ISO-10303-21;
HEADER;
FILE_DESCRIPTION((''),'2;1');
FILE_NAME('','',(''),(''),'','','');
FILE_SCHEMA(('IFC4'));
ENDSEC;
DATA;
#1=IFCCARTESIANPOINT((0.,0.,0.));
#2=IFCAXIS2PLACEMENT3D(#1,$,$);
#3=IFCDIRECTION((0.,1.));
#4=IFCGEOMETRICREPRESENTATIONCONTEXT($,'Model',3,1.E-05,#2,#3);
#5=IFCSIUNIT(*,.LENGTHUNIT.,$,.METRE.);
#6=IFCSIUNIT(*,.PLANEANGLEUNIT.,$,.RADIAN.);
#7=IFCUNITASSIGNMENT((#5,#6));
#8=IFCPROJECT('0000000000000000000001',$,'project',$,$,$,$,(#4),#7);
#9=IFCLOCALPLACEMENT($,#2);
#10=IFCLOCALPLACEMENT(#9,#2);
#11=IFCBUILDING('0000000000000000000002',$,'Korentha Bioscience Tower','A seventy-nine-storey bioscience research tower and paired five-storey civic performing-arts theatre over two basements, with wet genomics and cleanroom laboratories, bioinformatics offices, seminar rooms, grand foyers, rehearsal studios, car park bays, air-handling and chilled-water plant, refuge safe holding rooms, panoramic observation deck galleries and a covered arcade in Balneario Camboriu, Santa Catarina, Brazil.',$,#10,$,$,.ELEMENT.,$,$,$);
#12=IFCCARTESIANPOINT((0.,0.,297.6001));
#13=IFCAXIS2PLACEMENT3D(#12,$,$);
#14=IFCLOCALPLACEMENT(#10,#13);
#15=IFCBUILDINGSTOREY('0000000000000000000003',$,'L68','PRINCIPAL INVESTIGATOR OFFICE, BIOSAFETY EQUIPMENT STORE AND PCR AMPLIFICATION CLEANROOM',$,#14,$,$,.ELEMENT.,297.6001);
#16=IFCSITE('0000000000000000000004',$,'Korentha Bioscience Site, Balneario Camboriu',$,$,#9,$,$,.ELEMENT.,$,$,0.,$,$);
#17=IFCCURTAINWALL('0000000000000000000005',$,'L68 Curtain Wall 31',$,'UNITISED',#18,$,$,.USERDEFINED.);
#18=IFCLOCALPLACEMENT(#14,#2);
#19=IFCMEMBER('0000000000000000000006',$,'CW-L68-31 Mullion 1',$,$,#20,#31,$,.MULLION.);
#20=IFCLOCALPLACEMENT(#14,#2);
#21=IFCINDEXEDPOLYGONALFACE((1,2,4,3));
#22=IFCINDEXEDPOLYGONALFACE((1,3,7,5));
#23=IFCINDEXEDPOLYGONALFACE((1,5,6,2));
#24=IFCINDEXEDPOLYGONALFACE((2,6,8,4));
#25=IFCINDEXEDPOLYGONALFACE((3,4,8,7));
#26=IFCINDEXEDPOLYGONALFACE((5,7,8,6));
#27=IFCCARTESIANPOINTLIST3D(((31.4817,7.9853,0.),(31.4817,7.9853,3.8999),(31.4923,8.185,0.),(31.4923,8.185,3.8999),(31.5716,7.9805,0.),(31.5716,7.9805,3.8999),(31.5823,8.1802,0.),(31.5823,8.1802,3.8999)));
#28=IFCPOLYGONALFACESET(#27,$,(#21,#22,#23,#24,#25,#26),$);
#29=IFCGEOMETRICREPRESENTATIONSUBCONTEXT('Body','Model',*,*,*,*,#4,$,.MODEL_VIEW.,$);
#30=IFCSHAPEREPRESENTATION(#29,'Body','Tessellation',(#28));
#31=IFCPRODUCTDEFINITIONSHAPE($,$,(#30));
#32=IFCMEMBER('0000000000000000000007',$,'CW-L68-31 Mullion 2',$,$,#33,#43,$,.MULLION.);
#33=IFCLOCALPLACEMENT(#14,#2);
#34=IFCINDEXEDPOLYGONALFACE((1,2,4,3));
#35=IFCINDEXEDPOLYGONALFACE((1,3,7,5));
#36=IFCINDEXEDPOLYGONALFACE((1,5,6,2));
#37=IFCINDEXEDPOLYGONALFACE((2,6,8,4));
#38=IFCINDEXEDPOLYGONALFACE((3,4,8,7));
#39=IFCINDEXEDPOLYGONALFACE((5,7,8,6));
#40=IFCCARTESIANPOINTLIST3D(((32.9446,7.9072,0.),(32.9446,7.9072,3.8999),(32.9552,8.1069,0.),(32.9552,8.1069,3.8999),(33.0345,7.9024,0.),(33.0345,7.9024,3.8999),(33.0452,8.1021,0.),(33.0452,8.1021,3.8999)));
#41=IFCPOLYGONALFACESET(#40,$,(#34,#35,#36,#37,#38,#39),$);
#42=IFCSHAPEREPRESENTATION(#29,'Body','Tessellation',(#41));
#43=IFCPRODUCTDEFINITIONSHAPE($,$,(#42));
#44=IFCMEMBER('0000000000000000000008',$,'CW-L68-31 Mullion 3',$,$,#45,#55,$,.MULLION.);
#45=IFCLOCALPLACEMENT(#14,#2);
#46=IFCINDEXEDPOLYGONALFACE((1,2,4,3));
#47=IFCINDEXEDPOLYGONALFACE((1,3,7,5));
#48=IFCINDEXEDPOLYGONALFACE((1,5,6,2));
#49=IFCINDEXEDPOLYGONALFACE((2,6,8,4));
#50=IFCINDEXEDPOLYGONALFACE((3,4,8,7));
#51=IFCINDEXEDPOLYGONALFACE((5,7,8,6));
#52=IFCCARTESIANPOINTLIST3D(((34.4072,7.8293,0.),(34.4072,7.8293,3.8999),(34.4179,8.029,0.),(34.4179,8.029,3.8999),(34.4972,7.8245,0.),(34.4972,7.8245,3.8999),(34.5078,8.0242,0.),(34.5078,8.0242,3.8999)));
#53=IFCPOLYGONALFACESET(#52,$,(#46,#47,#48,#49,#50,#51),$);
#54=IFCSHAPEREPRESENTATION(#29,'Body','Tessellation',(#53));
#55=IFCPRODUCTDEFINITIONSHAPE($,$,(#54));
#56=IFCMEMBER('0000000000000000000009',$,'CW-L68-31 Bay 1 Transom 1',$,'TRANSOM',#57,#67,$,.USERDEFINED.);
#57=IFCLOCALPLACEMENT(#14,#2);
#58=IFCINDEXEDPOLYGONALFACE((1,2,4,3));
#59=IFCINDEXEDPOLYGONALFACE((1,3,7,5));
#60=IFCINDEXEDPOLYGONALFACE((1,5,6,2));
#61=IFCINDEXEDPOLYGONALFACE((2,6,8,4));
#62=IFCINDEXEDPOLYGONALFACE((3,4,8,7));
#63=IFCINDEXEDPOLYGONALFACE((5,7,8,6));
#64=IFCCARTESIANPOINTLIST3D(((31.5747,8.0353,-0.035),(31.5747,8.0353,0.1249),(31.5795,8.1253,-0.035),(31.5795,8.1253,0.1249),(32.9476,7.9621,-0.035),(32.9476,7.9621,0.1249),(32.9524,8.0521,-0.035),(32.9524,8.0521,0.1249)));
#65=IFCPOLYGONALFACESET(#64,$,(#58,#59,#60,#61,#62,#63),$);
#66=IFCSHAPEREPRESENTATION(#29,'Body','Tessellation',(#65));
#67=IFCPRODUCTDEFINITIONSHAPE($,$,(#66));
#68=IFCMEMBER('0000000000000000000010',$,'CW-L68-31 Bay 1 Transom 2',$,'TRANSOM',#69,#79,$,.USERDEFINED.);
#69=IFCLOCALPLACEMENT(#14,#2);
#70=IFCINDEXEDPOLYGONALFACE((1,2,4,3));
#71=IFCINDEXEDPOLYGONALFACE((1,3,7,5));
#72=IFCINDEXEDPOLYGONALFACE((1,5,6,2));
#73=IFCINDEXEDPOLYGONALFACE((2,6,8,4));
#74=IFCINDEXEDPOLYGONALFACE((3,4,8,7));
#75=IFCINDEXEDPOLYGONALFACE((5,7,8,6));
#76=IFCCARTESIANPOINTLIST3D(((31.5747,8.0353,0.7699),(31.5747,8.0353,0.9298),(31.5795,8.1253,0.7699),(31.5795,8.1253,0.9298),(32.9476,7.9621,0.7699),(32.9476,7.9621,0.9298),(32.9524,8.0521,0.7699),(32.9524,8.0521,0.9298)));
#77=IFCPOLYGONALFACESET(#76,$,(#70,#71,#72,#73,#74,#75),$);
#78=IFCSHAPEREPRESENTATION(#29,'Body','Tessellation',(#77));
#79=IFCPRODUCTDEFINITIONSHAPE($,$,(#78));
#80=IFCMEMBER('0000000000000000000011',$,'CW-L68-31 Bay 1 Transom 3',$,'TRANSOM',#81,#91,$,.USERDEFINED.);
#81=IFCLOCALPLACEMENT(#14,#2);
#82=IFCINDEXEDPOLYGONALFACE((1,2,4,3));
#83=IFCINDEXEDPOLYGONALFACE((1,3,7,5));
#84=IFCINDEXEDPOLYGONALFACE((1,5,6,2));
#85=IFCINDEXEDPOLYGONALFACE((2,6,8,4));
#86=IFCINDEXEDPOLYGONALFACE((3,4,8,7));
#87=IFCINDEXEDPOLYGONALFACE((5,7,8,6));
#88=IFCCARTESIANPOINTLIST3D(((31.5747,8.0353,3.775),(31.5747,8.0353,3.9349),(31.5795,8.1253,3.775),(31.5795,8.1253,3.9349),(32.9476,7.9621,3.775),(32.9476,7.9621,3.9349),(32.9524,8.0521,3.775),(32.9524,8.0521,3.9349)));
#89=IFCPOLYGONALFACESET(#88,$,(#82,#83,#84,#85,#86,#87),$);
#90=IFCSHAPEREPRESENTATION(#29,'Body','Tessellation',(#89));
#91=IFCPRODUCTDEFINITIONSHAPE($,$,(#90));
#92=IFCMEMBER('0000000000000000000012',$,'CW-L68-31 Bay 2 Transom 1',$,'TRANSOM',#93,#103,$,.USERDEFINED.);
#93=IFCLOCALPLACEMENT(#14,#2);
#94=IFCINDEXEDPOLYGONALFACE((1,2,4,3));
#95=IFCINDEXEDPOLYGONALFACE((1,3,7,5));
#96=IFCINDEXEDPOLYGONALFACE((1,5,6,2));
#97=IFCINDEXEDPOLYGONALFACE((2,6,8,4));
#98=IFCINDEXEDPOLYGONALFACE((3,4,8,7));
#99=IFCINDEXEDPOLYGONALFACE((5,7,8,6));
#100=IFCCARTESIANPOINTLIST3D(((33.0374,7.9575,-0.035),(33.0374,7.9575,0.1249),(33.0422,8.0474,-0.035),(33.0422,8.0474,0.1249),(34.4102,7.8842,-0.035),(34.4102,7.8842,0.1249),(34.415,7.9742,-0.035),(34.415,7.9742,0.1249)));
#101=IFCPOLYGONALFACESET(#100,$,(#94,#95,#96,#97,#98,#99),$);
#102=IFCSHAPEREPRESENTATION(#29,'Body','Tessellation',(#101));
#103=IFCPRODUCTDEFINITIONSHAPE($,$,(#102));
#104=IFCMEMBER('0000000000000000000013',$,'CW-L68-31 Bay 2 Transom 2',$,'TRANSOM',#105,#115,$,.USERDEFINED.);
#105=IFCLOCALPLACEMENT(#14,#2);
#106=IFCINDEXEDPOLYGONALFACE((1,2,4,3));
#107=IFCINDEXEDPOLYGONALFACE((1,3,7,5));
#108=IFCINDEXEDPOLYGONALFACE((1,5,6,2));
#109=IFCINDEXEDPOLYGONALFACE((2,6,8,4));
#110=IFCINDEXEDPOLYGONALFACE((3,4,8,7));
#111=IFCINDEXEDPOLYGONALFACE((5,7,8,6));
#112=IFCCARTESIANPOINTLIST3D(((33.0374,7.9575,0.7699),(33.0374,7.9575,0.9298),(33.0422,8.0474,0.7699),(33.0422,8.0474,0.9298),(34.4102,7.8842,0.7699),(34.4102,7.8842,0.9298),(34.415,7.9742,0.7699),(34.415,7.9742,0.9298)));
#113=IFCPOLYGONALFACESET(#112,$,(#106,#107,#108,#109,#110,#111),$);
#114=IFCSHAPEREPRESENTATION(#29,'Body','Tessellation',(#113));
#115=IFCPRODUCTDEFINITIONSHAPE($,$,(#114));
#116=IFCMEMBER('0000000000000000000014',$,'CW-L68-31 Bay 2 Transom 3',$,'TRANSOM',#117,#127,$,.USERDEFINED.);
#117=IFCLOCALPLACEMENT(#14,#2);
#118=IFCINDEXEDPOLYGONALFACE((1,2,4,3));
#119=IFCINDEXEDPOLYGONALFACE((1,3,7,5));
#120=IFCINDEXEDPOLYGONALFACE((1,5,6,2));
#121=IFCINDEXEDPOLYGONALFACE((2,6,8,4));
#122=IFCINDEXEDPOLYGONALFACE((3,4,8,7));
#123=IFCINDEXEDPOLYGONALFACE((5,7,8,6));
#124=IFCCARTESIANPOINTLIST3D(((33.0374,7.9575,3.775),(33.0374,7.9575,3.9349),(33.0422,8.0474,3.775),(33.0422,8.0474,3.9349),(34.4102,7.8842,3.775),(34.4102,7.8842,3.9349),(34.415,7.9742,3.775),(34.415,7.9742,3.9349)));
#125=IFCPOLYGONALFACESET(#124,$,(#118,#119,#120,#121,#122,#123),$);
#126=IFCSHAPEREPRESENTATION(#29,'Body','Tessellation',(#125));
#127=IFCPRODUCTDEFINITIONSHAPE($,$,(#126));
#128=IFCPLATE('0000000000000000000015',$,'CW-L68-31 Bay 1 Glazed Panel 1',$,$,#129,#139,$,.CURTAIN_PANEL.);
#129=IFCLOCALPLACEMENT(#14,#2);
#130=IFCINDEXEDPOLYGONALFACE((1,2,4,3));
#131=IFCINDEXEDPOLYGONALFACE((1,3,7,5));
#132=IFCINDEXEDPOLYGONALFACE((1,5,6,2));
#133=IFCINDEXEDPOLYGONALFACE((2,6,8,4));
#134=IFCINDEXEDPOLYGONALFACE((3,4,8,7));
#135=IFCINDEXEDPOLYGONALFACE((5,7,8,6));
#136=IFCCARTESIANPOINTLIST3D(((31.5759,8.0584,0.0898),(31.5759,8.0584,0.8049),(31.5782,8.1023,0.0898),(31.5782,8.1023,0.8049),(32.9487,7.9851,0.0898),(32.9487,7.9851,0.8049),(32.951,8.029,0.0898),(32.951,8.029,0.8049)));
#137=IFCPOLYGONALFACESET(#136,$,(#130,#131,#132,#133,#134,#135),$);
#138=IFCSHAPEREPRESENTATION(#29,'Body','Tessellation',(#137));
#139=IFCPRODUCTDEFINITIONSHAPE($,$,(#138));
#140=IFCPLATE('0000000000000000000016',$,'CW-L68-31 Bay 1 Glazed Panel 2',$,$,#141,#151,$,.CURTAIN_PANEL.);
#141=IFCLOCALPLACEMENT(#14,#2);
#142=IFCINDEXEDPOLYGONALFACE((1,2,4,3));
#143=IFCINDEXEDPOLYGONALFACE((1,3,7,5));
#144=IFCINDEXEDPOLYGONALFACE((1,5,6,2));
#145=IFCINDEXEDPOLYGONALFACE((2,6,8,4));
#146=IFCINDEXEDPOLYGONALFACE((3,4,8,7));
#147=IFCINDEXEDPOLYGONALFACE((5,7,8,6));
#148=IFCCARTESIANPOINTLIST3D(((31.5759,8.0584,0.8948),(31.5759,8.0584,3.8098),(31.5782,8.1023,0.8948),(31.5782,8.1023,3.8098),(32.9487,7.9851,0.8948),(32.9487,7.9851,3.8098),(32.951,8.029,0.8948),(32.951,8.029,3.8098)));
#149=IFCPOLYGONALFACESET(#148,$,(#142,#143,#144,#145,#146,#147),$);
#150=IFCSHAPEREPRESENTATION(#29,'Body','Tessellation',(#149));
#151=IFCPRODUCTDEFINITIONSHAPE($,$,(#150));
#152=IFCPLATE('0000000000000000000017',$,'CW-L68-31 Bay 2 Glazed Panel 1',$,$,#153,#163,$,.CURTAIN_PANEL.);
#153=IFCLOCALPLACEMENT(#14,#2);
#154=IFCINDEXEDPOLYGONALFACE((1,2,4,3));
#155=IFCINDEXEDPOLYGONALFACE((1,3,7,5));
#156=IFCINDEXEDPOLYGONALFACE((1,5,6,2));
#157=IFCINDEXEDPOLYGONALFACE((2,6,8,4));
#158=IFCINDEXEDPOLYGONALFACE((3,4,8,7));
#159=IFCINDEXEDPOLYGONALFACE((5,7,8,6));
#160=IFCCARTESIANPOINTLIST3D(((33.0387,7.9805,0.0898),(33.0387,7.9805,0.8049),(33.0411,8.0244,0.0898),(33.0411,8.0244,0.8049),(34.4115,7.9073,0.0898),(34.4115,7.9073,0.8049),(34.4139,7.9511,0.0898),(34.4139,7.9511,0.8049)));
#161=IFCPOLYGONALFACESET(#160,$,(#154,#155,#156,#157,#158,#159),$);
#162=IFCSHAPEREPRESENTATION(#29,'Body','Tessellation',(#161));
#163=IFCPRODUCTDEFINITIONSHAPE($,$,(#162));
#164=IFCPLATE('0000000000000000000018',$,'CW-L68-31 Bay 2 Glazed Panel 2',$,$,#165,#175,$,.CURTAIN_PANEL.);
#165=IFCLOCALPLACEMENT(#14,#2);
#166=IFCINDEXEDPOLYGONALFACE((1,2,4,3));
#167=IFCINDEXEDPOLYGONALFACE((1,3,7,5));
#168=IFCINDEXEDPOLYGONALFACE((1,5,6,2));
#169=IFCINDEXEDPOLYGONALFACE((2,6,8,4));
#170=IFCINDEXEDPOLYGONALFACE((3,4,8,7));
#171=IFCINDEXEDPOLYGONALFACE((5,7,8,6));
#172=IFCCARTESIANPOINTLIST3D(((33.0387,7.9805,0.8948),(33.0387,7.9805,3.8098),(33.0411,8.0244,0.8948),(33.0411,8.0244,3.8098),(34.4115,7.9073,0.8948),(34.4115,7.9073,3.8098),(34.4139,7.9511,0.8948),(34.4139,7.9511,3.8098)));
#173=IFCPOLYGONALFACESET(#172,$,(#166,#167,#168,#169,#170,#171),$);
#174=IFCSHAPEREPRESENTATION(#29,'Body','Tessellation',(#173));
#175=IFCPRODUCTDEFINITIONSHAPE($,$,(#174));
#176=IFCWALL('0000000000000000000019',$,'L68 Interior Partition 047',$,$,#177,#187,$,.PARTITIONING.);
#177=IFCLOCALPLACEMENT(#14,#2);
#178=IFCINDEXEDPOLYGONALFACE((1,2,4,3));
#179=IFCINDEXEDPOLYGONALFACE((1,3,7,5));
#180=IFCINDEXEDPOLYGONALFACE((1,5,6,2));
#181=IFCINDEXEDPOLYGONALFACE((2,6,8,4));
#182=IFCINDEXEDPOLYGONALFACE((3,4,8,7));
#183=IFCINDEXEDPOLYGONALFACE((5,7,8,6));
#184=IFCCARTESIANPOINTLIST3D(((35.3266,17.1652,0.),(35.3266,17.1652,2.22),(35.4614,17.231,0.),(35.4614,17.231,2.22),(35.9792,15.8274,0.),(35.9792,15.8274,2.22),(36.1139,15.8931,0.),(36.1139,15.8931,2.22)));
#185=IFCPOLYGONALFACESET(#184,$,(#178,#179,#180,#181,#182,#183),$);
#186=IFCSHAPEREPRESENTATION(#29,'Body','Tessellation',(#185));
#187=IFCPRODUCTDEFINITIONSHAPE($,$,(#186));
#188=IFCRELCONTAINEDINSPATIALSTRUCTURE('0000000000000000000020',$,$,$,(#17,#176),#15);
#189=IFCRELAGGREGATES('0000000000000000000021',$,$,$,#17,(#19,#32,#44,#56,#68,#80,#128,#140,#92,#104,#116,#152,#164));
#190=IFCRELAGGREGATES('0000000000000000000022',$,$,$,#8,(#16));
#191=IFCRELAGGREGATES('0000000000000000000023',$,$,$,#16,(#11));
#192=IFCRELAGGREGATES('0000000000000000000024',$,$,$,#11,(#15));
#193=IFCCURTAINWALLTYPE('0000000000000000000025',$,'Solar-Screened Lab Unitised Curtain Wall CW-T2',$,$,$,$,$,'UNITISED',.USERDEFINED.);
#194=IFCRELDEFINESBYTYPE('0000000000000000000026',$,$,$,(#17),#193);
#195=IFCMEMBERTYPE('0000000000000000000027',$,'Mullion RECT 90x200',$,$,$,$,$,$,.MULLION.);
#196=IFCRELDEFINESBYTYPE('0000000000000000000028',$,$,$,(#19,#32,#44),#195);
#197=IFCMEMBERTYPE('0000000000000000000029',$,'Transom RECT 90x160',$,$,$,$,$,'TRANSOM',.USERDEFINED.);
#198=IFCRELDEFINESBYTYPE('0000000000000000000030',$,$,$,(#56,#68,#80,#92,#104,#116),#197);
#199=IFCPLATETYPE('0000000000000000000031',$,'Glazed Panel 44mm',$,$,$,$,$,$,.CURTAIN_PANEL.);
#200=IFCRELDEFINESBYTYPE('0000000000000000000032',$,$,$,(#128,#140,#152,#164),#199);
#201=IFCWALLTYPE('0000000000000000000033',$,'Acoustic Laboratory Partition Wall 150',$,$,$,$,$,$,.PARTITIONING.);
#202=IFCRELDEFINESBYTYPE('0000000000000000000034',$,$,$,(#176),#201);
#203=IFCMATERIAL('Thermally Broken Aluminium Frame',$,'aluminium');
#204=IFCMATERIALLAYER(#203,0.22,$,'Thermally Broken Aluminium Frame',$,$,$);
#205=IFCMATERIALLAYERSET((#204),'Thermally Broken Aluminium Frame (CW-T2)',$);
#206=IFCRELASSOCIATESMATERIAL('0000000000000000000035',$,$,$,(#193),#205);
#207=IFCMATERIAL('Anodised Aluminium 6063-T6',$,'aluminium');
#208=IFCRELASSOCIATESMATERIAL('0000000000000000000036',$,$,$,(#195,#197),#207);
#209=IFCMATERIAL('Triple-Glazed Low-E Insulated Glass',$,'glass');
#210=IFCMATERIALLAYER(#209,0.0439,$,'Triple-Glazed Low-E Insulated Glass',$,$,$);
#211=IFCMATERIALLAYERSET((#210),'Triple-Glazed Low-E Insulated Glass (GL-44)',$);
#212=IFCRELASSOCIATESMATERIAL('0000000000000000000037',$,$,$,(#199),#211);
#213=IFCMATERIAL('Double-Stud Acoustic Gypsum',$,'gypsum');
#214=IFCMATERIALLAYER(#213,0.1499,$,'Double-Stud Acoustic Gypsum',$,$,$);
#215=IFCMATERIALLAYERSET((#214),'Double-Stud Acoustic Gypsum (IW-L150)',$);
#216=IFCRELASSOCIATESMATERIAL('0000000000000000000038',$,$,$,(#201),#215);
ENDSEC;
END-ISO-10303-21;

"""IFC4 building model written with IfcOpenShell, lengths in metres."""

from ifc_helpers import new_model, si_unit, direction, frame, frame_2d, origin, origin_2d, place, context, subcontext, project, spatial, rectangle, extrude, material, layer, layer_set, material_profile, profile_set, type_object, element, aggregate, save


model = new_model("IFC4")

# Units and contexts
model_context = context("Model", 3, precision=1e-05, world=origin(), true_north=direction((0.0, 1.0)))
body_context = subcontext(model_context, "Body", "Model", "MODEL_VIEW")
ifc_project = project(units=[si_unit("LENGTHUNIT", "METRE"), si_unit("PLANEANGLEUNIT", "RADIAN")], contexts=[model_context])

# Site, building, storey
site_placement = place(None, origin())
site = spatial("IfcSite", under=ifc_project, at=site_placement, Name="Korentha Bioscience Site, Balneario Camboriu", CompositionType="ELEMENT", RefElevation=0.0)
building_placement = place(site_placement, origin())
building = spatial("IfcBuilding", under=site, at=building_placement, Name="Korentha Bioscience Tower", Description="A seventy-nine-storey bioscience research tower and paired five-storey civic performing-arts theatre over two basements, with wet genomics and cleanroom laboratories, bioinformatics offices, seminar rooms, grand foyers, rehearsal studios, car park bays, air-handling and chilled-water plant, refuge safe holding rooms, panoramic observation deck galleries and a covered arcade in Balneario Camboriu, Santa Catarina, Brazil.", CompositionType="ELEMENT")
storey_placement = place(building_placement, frame((0.0, 0.0, 297.6001)))
storey = spatial("IfcBuildingStorey", under=building, at=storey_placement, Name="L68", Description="PRINCIPAL INVESTIGATOR OFFICE, BIOSAFETY EQUIPMENT STORE AND PCR AMPLIFICATION CLEANROOM", CompositionType="ELEMENT", Elevation=297.6001)

# Curtain wall, members, plates
ifc_material_1 = material(Name="Thermally Broken Aluminium Frame", Category="aluminium")
ifc_layer_1 = layer(ifc_material_1, 0.22, Name="Thermally Broken Aluminium Frame")
ifc_layer_set_1 = layer_set([ifc_layer_1], Name="Thermally Broken Aluminium Frame (CW-T2)")
curtain_wall_type = type_object("IfcCurtainWallType", Name="Solar-Screened Lab Unitised Curtain Wall CW-T2", ElementType="UNITISED", PredefinedType="USERDEFINED", material=ifc_layer_set_1)
curtain_wall_placement = place(storey_placement, origin())
curtain_wall = element("IfcCurtainWall", 1, at=curtain_wall_placement, inside=storey, type_object=curtain_wall_type, Name="L68 Curtain Wall 31", ObjectType="UNITISED", PredefinedType="USERDEFINED")
ifc_material_2 = material(Name="Anodised Aluminium 6063-T6", Category="aluminium")
ifc_material_profile_1 = material_profile(ifc_material_2, rectangle(XDim=0.0901, YDim=0.2, at=origin_2d()), Name="Anodised Aluminium 6063-T6")
ifc_profile_set_1 = profile_set([ifc_material_profile_1], Name="Anodised Aluminium 6063-T6 (CW-MUL)")
member_type_1 = type_object("IfcMemberType", Name="Mullion RECT 90x200", PredefinedType="MULLION", material=ifc_profile_set_1)
member_1_placement = place(storey_placement, frame((31.532, 8.0828, 0.0), z_axis=(0.0, 0.0, 1.0), x_axis=(0.998579, -0.053285, 0.0)))
member_1 = element("IfcMember", 2, at=member_1_placement, type_object=member_type_1, Name="CW-L68-31 Mullion 1", PredefinedType="MULLION", context=body_context, shape_type="SweptSolid", body=[
    extrude(rectangle(XDim=0.0901, YDim=0.2, at=origin_2d()), origin(), (0.0, 0.0, 1.0), 3.8999),
])
member_2_placement = place(storey_placement, frame((32.9949, 8.0046, 0.0), z_axis=(0.0, 0.0, 1.0), x_axis=(0.998579, -0.053285, 0.0)))
member_2 = element("IfcMember", 3, at=member_2_placement, type_object=member_type_1, Name="CW-L68-31 Mullion 2", PredefinedType="MULLION", context=body_context, shape_type="SweptSolid", body=[
    extrude(rectangle(XDim=0.0901, YDim=0.2, at=origin_2d()), origin(), (0.0, 0.0, 1.0), 3.8999),
])
member_3_placement = place(storey_placement, frame((34.4575, 7.9268, 0.0), z_axis=(0.0, 0.0, 1.0), x_axis=(0.998579, -0.053285, 0.0)))
member_3 = element("IfcMember", 4, at=member_3_placement, type_object=member_type_1, Name="CW-L68-31 Mullion 3", PredefinedType="MULLION", context=body_context, shape_type="SweptSolid", body=[
    extrude(rectangle(XDim=0.0901, YDim=0.2, at=origin_2d()), origin(), (0.0, 0.0, 1.0), 3.8999),
])
ifc_material_profile_2 = material_profile(ifc_material_2, rectangle(XDim=0.0901, YDim=0.1599, at=origin_2d()), Name="Anodised Aluminium 6063-T6")
ifc_profile_set_2 = profile_set([ifc_material_profile_2], Name="Anodised Aluminium 6063-T6 (CW-TRN)")
member_type_2 = type_object("IfcMemberType", Name="Transom RECT 90x160", ElementType="TRANSOM", PredefinedType="USERDEFINED", material=ifc_profile_set_2)
member_4_placement = place(storey_placement, frame((31.5771, 8.0803, 0.0449), z_axis=(0.99858, -0.053277, 0.0), x_axis=(0.053277, 0.99858, 0.0)))
member_4 = element("IfcMember", 5, at=member_4_placement, type_object=member_type_2, Name="CW-L68-31 Bay 1 Transom 1", ObjectType="TRANSOM", PredefinedType="USERDEFINED", context=body_context, shape_type="SweptSolid", body=[
    extrude(rectangle(XDim=0.0901, YDim=0.1599, at=origin_2d()), origin(), (0.0, 0.0, 1.0), 1.3748),
])
member_5_placement = place(storey_placement, frame((31.5771, 8.0803, 0.8499), z_axis=(0.99858, -0.053277, 0.0), x_axis=(0.053277, 0.99858, 0.0)))
member_5 = element("IfcMember", 6, at=member_5_placement, type_object=member_type_2, Name="CW-L68-31 Bay 1 Transom 2", ObjectType="TRANSOM", PredefinedType="USERDEFINED", context=body_context, shape_type="SweptSolid", body=[
    extrude(rectangle(XDim=0.0901, YDim=0.1599, at=origin_2d()), origin(), (0.0, 0.0, 1.0), 1.3748),
])
member_6_placement = place(storey_placement, frame((31.5771, 8.0803, 3.855), z_axis=(0.99858, -0.053277, 0.0), x_axis=(0.053277, 0.99858, 0.0)))
member_6 = element("IfcMember", 7, at=member_6_placement, type_object=member_type_2, Name="CW-L68-31 Bay 1 Transom 3", ObjectType="TRANSOM", PredefinedType="USERDEFINED", context=body_context, shape_type="SweptSolid", body=[
    extrude(rectangle(XDim=0.0901, YDim=0.1599, at=origin_2d()), origin(), (0.0, 0.0, 1.0), 1.3748),
])
member_7_placement = place(storey_placement, frame((33.0398, 8.0024, 0.0449), z_axis=(0.99858, -0.053277, 0.0), x_axis=(0.053277, 0.99858, 0.0)))
member_7 = element("IfcMember", 8, at=member_7_placement, type_object=member_type_2, Name="CW-L68-31 Bay 2 Transom 1", ObjectType="TRANSOM", PredefinedType="USERDEFINED", context=body_context, shape_type="SweptSolid", body=[
    extrude(rectangle(XDim=0.0901, YDim=0.1599, at=origin_2d()), origin(), (0.0, 0.0, 1.0), 1.3748),
])
member_8_placement = place(storey_placement, frame((33.0398, 8.0024, 0.8499), z_axis=(0.99858, -0.053277, 0.0), x_axis=(0.053277, 0.99858, 0.0)))
member_8 = element("IfcMember", 9, at=member_8_placement, type_object=member_type_2, Name="CW-L68-31 Bay 2 Transom 2", ObjectType="TRANSOM", PredefinedType="USERDEFINED", context=body_context, shape_type="SweptSolid", body=[
    extrude(rectangle(XDim=0.0901, YDim=0.1599, at=origin_2d()), origin(), (0.0, 0.0, 1.0), 1.3748),
])
member_9_placement = place(storey_placement, frame((33.0398, 8.0024, 3.855), z_axis=(0.99858, -0.053277, 0.0), x_axis=(0.053277, 0.99858, 0.0)))
member_9 = element("IfcMember", 10, at=member_9_placement, type_object=member_type_2, Name="CW-L68-31 Bay 2 Transom 3", ObjectType="TRANSOM", PredefinedType="USERDEFINED", context=body_context, shape_type="SweptSolid", body=[
    extrude(rectangle(XDim=0.0901, YDim=0.1599, at=origin_2d()), origin(), (0.0, 0.0, 1.0), 1.3748),
])
ifc_material_3 = material(Name="Triple-Glazed Low-E Insulated Glass", Category="glass")
ifc_layer_2 = layer(ifc_material_3, 0.0439, Name="Triple-Glazed Low-E Insulated Glass")
ifc_layer_set_2 = layer_set([ifc_layer_2], Name="Triple-Glazed Low-E Insulated Glass (GL-44)")
plate_type = type_object("IfcPlateType", Name="Glazed Panel 44mm", PredefinedType="CURTAIN_PANEL", material=ifc_layer_set_2)
plate_1_placement = place(storey_placement, frame((32.2634, 8.0437, 0.0898), z_axis=(0.0, 0.0, 1.0), x_axis=(0.998579, -0.053285, 0.0)))
plate_1 = element("IfcPlate", 11, at=plate_1_placement, type_object=plate_type, Name="CW-L68-31 Bay 1 Glazed Panel 1", PredefinedType="CURTAIN_PANEL", context=body_context, shape_type="SweptSolid", body=[
    extrude(rectangle(XDim=1.3748, YDim=0.0439, at=origin_2d()), origin(), (0.0, 0.0, 1.0), 0.7151),
])
plate_2_placement = place(storey_placement, frame((32.2634, 8.0437, 0.8948), z_axis=(0.0, 0.0, 1.0), x_axis=(0.998579, -0.053285, 0.0)))
plate_2 = element("IfcPlate", 12, at=plate_2_placement, type_object=plate_type, Name="CW-L68-31 Bay 1 Glazed Panel 2", PredefinedType="CURTAIN_PANEL", context=body_context, shape_type="SweptSolid", body=[
    extrude(rectangle(XDim=1.3748, YDim=0.0439, at=origin_2d()), origin(), (0.0, 0.0, 1.0), 2.915),
])
plate_3_placement = place(storey_placement, frame((33.7263, 7.9658, 0.0898), z_axis=(0.0, 0.0, 1.0), x_axis=(0.998579, -0.053285, 0.0)))
plate_3 = element("IfcPlate", 13, at=plate_3_placement, type_object=plate_type, Name="CW-L68-31 Bay 2 Glazed Panel 1", PredefinedType="CURTAIN_PANEL", context=body_context, shape_type="SweptSolid", body=[
    extrude(rectangle(XDim=1.3748, YDim=0.0439, at=origin_2d()), origin(), (0.0, 0.0, 1.0), 0.7151),
])
plate_4_placement = place(storey_placement, frame((33.7263, 7.9658, 0.8948), z_axis=(0.0, 0.0, 1.0), x_axis=(0.998579, -0.053285, 0.0)))
plate_4 = element("IfcPlate", 14, at=plate_4_placement, type_object=plate_type, Name="CW-L68-31 Bay 2 Glazed Panel 2", PredefinedType="CURTAIN_PANEL", context=body_context, shape_type="SweptSolid", body=[
    extrude(rectangle(XDim=1.3748, YDim=0.0439, at=origin_2d()), origin(), (0.0, 0.0, 1.0), 2.915),
])
aggregate(curtain_wall, [member_1, member_2, member_3, member_4, member_5, member_6, plate_1, plate_2, member_7, member_8, member_9, plate_3, plate_4])

# Shared definitions
ifc_material_4 = material(Name="Double-Stud Acoustic Gypsum", Category="gypsum")
ifc_layer_3 = layer(ifc_material_4, 0.1499, Name="Double-Stud Acoustic Gypsum")
ifc_layer_set_3 = layer_set([ifc_layer_3], Name="Double-Stud Acoustic Gypsum (IW-L150)")
wall_type_1 = type_object("IfcWallType", Name="Acoustic Laboratory Partition Wall 150", PredefinedType="PARTITIONING", material=ifc_layer_set_3)

# Wall
wall_1_placement = place(storey_placement, frame((35.394, 17.198, 0.0), z_axis=(0.0, 0.0, 1.0), x_axis=(0.438401, -0.898779, 0.0)))
element("IfcWall", 15, at=wall_1_placement, inside=storey, type_object=wall_type_1, Name="L68 Interior Partition 047", PredefinedType="PARTITIONING", context=body_context, shape_type="SweptSolid", body=[
    extrude(rectangle(XDim=1.4885, YDim=0.1499, at=frame_2d((0.7441, 0.0))), origin(), (0.0, 0.0, 1.0), 2.22),
])

save(model, "model.ifc")
